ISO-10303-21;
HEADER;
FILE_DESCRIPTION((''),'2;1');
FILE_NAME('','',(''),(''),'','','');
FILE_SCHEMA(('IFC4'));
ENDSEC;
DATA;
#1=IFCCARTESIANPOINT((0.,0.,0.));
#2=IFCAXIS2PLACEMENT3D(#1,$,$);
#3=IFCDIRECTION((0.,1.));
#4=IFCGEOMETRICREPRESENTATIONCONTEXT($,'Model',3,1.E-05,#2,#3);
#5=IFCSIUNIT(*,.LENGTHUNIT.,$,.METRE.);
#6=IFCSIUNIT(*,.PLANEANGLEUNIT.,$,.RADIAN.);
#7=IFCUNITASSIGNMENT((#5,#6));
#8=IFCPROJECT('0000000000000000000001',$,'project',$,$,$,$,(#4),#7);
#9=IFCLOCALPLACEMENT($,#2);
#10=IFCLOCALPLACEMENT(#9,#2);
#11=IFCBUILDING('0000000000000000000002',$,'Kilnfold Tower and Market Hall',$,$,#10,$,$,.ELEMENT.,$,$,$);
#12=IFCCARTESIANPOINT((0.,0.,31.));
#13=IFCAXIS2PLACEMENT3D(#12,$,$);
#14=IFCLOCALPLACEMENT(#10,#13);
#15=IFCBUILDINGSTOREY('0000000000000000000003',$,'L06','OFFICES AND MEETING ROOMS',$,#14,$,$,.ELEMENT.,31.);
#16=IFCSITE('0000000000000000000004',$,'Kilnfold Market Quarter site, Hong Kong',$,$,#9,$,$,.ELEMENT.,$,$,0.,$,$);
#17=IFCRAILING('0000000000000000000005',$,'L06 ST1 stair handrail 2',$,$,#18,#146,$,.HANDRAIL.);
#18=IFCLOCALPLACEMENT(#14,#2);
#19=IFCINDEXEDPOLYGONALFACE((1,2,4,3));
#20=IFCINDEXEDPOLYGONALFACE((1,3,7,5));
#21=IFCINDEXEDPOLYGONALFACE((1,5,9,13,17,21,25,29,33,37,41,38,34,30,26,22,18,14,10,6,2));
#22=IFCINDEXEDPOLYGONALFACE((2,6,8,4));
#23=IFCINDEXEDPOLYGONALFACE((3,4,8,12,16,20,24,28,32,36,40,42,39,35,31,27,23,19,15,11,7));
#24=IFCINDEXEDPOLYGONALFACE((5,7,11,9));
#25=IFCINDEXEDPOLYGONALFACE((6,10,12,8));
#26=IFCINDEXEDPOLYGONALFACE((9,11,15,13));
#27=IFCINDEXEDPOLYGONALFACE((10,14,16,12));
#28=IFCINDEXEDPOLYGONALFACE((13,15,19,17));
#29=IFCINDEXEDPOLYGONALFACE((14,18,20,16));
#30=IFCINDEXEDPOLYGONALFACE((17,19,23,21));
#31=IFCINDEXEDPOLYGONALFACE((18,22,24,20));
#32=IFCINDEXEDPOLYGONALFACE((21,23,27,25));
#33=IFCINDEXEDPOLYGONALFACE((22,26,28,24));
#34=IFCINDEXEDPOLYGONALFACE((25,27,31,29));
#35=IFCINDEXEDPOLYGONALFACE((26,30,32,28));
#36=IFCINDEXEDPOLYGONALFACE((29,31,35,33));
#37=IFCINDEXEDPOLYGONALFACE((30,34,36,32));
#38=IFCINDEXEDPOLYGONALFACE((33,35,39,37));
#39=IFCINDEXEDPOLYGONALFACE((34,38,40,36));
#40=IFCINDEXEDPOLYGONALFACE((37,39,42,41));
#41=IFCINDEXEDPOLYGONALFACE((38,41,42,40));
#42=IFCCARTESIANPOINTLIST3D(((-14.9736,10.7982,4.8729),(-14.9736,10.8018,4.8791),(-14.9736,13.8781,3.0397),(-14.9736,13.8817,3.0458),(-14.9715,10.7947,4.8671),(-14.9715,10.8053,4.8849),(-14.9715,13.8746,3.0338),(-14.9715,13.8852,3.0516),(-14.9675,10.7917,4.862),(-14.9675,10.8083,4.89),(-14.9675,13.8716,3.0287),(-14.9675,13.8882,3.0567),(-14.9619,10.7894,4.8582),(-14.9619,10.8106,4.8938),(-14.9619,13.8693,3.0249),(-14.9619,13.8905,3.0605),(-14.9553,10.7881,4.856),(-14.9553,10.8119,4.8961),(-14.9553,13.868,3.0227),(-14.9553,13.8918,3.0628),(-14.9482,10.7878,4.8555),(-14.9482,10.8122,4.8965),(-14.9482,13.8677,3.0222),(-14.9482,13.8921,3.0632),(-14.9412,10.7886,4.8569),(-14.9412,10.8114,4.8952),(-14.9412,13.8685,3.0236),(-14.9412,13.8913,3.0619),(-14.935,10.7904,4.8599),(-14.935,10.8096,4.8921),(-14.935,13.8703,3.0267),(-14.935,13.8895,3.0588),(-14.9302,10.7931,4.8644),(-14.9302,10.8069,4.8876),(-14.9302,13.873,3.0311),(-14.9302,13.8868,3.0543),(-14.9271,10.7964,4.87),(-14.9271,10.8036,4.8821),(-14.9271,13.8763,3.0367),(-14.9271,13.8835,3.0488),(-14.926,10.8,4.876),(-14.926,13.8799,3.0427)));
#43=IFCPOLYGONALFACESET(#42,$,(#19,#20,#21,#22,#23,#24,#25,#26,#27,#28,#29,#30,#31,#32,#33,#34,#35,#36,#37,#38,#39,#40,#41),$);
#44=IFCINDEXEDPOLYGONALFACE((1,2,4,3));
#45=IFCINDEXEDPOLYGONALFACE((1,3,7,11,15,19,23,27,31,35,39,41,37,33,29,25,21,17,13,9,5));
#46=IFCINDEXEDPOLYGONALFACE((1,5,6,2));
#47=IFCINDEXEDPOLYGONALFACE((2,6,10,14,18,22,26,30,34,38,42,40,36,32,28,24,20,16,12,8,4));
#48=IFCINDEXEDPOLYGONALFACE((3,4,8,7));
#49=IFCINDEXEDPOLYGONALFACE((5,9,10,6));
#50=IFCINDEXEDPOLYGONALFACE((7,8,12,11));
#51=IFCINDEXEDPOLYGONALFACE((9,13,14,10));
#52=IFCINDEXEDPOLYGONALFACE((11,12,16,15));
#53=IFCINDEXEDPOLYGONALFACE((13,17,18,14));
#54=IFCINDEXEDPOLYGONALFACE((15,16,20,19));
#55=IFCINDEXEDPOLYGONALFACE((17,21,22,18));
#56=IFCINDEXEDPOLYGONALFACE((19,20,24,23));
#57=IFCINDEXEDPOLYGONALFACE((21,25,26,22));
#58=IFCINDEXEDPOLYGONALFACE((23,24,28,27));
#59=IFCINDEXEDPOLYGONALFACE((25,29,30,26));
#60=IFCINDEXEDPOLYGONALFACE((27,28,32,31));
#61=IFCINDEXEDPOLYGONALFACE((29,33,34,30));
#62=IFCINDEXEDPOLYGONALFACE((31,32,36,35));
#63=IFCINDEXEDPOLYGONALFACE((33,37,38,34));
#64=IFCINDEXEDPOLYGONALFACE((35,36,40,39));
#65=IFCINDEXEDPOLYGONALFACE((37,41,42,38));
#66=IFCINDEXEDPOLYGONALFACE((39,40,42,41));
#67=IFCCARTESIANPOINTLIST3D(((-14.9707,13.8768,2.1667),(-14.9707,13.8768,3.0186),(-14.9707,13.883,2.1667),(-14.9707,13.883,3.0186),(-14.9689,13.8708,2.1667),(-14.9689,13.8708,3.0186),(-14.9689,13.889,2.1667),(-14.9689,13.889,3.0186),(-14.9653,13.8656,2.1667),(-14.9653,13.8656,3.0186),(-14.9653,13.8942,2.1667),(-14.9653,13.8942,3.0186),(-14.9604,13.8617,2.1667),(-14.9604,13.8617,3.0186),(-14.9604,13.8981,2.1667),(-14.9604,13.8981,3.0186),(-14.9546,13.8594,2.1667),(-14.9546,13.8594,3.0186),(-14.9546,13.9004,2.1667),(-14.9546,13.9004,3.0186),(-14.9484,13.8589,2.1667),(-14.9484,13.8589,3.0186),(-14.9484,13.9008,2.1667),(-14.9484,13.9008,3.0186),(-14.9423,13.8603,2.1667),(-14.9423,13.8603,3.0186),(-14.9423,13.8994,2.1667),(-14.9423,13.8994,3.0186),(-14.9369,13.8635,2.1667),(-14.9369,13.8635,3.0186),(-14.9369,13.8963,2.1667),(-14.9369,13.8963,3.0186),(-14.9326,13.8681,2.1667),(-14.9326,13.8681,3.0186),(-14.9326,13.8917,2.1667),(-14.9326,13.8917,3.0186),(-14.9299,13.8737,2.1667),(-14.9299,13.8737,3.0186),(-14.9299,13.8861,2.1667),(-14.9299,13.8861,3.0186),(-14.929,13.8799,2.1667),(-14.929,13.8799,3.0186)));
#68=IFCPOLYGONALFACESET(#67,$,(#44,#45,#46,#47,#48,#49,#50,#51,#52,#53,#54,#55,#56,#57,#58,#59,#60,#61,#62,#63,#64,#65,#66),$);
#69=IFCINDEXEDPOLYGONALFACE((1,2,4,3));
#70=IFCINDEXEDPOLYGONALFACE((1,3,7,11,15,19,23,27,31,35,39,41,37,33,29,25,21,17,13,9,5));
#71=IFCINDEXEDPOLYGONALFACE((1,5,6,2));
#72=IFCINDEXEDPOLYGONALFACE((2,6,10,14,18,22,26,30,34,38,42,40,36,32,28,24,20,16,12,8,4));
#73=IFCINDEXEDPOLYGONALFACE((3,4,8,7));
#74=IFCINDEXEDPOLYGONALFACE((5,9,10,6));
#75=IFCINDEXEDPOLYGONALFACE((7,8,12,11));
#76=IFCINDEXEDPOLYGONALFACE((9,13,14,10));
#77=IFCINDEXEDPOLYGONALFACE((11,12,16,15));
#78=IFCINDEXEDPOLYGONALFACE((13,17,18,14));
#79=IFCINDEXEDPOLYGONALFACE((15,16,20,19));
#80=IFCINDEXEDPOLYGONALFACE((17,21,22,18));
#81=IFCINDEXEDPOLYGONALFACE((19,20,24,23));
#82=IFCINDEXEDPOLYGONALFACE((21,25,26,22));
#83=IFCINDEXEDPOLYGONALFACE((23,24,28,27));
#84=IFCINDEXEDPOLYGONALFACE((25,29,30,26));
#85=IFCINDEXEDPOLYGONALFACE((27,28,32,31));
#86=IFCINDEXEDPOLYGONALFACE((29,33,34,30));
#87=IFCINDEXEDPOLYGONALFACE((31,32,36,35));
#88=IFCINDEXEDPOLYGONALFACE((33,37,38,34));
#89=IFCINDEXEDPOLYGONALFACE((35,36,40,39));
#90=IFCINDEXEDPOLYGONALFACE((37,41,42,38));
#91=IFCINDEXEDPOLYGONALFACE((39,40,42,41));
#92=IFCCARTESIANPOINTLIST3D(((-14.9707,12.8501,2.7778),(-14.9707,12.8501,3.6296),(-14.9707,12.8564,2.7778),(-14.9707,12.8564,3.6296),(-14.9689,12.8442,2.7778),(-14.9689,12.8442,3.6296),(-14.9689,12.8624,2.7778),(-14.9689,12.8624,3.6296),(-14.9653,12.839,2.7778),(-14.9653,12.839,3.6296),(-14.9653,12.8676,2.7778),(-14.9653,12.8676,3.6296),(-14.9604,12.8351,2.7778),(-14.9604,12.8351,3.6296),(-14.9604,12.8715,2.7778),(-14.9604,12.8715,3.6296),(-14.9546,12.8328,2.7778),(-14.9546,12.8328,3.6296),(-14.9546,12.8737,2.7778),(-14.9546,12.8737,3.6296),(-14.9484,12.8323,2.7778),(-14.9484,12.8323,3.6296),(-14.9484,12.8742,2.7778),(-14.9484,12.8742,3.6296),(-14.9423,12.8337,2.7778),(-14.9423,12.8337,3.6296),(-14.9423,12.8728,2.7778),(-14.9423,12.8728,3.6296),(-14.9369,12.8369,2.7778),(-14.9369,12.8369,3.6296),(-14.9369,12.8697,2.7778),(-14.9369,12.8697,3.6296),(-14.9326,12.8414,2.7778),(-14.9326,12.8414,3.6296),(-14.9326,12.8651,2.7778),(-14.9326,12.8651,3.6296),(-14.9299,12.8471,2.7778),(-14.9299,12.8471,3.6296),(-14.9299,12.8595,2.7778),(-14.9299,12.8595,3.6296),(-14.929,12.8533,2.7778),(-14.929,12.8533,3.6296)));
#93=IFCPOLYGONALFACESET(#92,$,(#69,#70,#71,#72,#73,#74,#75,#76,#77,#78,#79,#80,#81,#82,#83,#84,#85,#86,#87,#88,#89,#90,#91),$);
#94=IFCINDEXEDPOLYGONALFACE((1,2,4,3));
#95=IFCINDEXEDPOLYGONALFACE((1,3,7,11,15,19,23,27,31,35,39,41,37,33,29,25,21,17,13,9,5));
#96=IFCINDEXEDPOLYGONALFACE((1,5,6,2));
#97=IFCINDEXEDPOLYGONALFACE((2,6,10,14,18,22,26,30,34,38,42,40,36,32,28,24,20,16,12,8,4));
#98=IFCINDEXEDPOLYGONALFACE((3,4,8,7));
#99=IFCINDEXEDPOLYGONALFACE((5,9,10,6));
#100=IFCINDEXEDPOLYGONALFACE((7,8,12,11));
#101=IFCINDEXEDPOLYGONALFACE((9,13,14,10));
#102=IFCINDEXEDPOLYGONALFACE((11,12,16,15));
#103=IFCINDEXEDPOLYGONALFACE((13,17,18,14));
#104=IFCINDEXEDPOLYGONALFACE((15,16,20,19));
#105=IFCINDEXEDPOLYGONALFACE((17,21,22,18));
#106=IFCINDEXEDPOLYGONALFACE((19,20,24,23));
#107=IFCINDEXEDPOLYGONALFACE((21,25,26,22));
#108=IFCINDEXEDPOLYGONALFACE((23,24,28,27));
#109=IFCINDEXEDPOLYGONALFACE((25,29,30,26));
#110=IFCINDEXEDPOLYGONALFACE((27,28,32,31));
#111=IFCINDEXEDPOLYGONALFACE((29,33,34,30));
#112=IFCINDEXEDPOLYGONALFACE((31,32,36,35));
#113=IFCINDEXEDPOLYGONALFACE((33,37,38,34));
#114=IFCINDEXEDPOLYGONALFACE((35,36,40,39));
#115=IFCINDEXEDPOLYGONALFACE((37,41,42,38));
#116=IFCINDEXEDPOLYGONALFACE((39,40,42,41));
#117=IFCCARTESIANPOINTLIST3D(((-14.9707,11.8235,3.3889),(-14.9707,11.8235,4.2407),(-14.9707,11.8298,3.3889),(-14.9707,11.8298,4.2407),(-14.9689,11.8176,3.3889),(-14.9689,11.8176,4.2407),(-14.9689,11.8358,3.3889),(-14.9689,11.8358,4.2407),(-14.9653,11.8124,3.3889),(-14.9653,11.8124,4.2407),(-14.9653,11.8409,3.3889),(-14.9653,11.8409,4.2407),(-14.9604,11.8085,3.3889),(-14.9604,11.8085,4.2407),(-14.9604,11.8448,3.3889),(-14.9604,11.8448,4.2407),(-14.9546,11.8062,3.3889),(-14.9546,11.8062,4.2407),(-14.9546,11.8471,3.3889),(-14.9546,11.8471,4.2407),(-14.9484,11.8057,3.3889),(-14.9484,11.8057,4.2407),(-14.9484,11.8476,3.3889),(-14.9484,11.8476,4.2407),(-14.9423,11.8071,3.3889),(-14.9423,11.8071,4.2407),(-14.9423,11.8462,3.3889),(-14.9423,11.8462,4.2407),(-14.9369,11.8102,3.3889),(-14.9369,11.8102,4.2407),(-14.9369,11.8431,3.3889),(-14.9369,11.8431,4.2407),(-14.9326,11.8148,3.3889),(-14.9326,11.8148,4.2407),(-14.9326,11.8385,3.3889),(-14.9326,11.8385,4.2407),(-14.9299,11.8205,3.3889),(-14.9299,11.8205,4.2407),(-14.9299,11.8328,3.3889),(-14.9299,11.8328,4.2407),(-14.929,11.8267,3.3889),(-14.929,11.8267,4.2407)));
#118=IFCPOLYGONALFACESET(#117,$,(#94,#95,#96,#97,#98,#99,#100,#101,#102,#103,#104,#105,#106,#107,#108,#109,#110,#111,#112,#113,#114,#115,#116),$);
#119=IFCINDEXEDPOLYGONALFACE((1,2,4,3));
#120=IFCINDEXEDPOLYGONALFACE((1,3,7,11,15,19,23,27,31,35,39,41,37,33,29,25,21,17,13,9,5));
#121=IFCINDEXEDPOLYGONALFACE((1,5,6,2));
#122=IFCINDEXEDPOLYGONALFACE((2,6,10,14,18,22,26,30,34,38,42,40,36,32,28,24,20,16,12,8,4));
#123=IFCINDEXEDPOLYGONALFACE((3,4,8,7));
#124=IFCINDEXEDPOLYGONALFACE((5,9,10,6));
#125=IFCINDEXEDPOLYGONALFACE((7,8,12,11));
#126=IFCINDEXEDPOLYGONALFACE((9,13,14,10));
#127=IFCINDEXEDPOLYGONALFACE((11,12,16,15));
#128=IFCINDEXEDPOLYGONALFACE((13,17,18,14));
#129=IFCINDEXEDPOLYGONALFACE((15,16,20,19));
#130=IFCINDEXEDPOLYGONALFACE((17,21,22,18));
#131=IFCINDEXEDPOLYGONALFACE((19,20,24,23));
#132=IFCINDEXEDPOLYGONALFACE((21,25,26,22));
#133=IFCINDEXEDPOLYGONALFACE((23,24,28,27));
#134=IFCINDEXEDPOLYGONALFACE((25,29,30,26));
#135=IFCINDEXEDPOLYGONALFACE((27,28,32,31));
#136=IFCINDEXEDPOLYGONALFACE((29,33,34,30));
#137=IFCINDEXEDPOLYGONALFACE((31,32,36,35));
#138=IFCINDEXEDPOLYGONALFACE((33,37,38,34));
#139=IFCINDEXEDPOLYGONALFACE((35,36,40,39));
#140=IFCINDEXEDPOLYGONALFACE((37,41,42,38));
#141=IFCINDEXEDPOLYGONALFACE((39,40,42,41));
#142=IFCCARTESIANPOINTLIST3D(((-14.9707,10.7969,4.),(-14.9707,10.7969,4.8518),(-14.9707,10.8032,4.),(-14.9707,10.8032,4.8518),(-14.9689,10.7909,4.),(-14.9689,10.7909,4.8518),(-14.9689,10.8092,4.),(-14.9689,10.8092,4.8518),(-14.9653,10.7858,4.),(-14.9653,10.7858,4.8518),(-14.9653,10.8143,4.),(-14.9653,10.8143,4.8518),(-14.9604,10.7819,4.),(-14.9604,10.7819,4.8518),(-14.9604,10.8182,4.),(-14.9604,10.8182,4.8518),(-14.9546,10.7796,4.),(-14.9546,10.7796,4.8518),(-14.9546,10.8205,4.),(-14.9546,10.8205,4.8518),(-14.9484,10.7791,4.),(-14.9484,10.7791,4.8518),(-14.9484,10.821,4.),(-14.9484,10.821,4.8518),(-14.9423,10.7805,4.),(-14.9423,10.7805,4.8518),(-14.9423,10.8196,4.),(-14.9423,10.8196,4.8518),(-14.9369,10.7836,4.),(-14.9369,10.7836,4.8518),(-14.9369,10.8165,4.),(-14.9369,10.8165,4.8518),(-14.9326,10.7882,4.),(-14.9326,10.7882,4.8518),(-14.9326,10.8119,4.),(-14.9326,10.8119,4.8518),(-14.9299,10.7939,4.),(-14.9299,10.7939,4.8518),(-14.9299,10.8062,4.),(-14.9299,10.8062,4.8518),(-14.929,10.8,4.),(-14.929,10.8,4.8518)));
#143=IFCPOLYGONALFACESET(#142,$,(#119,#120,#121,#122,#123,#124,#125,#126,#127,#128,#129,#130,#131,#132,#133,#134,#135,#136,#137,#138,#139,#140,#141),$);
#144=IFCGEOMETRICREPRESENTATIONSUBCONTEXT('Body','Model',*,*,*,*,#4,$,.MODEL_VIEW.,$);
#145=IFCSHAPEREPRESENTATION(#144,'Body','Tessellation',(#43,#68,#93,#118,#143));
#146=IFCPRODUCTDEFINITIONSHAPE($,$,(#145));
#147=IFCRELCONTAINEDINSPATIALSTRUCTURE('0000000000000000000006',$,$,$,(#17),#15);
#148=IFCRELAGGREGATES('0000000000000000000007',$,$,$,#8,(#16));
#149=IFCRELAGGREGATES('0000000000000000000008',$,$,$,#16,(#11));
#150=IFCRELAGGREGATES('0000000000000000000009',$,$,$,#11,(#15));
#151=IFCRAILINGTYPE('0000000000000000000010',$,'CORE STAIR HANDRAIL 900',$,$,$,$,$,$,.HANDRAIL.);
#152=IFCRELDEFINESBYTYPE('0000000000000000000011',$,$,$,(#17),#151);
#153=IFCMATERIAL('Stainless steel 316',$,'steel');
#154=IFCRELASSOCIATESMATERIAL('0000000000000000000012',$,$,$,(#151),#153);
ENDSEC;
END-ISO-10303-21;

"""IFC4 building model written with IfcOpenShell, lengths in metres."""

from ifc_helpers import new_model, si_unit, direction, frame, origin, origin_2d, place, context, subcontext, project, spatial, circle, extrude, material, type_object, element, save


model = new_model("IFC4")

# Units and contexts
model_context = context("Model", 3, precision=1e-05, world=origin(), true_north=direction((0.0, 1.0)))
body_context = subcontext(model_context, "Body", "Model", "MODEL_VIEW")
ifc_project = project(units=[si_unit("LENGTHUNIT", "METRE"), si_unit("PLANEANGLEUNIT", "RADIAN")], contexts=[model_context])

# Site, building, storey
site_placement = place(None, origin())
site = spatial("IfcSite", under=ifc_project, at=site_placement, Name="Kilnfold Market Quarter site, Hong Kong", CompositionType="ELEMENT", RefElevation=0.0)
building_placement = place(site_placement, origin())
building = spatial("IfcBuilding", under=site, at=building_placement, Name="Kilnfold Tower and Market Hall", CompositionType="ELEMENT")
storey_placement = place(building_placement, frame((0.0, 0.0, 31.0)))
storey = spatial("IfcBuildingStorey", under=building, at=storey_placement, Name="L06", Description="OFFICES AND MEETING ROOMS", CompositionType="ELEMENT", Elevation=31.0)

# Railing
ifc_material_1 = material(Name="Stainless steel 316", Category="steel")
railing_type = type_object("IfcRailingType", Name="CORE STAIR HANDRAIL 900", PredefinedType="HANDRAIL", material=ifc_material_1)
railing_placement = place(storey_placement, frame((-14.95, 13.8799, 2.1667)))
element("IfcRailing", 1, at=railing_placement, inside=storey, type_object=railing_type, Name="L06 ST1 stair handrail 2", PredefinedType="HANDRAIL", context=body_context, shape_type="SweptSolid", body=[
    extrude(circle(Radius=0.0239, at=origin_2d()), frame((0.0, 0.0, 0.876), z_axis=(0.0, -0.859291, 0.511487), x_axis=(1.0, 0.0, 0.0)), (0.0, 0.0, 1.0), 3.5842),
    extrude(circle(Radius=0.021, at=origin_2d()), origin(), (0.0, 0.0, 1.0), 0.8518),
    extrude(circle(Radius=0.021, at=origin_2d()), frame((0.0, -1.0266, 0.6111)), (0.0, 0.0, 1.0), 0.8518),
    extrude(circle(Radius=0.021, at=origin_2d()), frame((0.0, -2.0532, 1.2222)), (0.0, 0.0, 1.0), 0.8518),
    extrude(circle(Radius=0.021, at=origin_2d()), frame((0.0, -3.0798, 1.8333)), (0.0, 0.0, 1.0), 0.8518),
])

save(model, "model.ifc")
